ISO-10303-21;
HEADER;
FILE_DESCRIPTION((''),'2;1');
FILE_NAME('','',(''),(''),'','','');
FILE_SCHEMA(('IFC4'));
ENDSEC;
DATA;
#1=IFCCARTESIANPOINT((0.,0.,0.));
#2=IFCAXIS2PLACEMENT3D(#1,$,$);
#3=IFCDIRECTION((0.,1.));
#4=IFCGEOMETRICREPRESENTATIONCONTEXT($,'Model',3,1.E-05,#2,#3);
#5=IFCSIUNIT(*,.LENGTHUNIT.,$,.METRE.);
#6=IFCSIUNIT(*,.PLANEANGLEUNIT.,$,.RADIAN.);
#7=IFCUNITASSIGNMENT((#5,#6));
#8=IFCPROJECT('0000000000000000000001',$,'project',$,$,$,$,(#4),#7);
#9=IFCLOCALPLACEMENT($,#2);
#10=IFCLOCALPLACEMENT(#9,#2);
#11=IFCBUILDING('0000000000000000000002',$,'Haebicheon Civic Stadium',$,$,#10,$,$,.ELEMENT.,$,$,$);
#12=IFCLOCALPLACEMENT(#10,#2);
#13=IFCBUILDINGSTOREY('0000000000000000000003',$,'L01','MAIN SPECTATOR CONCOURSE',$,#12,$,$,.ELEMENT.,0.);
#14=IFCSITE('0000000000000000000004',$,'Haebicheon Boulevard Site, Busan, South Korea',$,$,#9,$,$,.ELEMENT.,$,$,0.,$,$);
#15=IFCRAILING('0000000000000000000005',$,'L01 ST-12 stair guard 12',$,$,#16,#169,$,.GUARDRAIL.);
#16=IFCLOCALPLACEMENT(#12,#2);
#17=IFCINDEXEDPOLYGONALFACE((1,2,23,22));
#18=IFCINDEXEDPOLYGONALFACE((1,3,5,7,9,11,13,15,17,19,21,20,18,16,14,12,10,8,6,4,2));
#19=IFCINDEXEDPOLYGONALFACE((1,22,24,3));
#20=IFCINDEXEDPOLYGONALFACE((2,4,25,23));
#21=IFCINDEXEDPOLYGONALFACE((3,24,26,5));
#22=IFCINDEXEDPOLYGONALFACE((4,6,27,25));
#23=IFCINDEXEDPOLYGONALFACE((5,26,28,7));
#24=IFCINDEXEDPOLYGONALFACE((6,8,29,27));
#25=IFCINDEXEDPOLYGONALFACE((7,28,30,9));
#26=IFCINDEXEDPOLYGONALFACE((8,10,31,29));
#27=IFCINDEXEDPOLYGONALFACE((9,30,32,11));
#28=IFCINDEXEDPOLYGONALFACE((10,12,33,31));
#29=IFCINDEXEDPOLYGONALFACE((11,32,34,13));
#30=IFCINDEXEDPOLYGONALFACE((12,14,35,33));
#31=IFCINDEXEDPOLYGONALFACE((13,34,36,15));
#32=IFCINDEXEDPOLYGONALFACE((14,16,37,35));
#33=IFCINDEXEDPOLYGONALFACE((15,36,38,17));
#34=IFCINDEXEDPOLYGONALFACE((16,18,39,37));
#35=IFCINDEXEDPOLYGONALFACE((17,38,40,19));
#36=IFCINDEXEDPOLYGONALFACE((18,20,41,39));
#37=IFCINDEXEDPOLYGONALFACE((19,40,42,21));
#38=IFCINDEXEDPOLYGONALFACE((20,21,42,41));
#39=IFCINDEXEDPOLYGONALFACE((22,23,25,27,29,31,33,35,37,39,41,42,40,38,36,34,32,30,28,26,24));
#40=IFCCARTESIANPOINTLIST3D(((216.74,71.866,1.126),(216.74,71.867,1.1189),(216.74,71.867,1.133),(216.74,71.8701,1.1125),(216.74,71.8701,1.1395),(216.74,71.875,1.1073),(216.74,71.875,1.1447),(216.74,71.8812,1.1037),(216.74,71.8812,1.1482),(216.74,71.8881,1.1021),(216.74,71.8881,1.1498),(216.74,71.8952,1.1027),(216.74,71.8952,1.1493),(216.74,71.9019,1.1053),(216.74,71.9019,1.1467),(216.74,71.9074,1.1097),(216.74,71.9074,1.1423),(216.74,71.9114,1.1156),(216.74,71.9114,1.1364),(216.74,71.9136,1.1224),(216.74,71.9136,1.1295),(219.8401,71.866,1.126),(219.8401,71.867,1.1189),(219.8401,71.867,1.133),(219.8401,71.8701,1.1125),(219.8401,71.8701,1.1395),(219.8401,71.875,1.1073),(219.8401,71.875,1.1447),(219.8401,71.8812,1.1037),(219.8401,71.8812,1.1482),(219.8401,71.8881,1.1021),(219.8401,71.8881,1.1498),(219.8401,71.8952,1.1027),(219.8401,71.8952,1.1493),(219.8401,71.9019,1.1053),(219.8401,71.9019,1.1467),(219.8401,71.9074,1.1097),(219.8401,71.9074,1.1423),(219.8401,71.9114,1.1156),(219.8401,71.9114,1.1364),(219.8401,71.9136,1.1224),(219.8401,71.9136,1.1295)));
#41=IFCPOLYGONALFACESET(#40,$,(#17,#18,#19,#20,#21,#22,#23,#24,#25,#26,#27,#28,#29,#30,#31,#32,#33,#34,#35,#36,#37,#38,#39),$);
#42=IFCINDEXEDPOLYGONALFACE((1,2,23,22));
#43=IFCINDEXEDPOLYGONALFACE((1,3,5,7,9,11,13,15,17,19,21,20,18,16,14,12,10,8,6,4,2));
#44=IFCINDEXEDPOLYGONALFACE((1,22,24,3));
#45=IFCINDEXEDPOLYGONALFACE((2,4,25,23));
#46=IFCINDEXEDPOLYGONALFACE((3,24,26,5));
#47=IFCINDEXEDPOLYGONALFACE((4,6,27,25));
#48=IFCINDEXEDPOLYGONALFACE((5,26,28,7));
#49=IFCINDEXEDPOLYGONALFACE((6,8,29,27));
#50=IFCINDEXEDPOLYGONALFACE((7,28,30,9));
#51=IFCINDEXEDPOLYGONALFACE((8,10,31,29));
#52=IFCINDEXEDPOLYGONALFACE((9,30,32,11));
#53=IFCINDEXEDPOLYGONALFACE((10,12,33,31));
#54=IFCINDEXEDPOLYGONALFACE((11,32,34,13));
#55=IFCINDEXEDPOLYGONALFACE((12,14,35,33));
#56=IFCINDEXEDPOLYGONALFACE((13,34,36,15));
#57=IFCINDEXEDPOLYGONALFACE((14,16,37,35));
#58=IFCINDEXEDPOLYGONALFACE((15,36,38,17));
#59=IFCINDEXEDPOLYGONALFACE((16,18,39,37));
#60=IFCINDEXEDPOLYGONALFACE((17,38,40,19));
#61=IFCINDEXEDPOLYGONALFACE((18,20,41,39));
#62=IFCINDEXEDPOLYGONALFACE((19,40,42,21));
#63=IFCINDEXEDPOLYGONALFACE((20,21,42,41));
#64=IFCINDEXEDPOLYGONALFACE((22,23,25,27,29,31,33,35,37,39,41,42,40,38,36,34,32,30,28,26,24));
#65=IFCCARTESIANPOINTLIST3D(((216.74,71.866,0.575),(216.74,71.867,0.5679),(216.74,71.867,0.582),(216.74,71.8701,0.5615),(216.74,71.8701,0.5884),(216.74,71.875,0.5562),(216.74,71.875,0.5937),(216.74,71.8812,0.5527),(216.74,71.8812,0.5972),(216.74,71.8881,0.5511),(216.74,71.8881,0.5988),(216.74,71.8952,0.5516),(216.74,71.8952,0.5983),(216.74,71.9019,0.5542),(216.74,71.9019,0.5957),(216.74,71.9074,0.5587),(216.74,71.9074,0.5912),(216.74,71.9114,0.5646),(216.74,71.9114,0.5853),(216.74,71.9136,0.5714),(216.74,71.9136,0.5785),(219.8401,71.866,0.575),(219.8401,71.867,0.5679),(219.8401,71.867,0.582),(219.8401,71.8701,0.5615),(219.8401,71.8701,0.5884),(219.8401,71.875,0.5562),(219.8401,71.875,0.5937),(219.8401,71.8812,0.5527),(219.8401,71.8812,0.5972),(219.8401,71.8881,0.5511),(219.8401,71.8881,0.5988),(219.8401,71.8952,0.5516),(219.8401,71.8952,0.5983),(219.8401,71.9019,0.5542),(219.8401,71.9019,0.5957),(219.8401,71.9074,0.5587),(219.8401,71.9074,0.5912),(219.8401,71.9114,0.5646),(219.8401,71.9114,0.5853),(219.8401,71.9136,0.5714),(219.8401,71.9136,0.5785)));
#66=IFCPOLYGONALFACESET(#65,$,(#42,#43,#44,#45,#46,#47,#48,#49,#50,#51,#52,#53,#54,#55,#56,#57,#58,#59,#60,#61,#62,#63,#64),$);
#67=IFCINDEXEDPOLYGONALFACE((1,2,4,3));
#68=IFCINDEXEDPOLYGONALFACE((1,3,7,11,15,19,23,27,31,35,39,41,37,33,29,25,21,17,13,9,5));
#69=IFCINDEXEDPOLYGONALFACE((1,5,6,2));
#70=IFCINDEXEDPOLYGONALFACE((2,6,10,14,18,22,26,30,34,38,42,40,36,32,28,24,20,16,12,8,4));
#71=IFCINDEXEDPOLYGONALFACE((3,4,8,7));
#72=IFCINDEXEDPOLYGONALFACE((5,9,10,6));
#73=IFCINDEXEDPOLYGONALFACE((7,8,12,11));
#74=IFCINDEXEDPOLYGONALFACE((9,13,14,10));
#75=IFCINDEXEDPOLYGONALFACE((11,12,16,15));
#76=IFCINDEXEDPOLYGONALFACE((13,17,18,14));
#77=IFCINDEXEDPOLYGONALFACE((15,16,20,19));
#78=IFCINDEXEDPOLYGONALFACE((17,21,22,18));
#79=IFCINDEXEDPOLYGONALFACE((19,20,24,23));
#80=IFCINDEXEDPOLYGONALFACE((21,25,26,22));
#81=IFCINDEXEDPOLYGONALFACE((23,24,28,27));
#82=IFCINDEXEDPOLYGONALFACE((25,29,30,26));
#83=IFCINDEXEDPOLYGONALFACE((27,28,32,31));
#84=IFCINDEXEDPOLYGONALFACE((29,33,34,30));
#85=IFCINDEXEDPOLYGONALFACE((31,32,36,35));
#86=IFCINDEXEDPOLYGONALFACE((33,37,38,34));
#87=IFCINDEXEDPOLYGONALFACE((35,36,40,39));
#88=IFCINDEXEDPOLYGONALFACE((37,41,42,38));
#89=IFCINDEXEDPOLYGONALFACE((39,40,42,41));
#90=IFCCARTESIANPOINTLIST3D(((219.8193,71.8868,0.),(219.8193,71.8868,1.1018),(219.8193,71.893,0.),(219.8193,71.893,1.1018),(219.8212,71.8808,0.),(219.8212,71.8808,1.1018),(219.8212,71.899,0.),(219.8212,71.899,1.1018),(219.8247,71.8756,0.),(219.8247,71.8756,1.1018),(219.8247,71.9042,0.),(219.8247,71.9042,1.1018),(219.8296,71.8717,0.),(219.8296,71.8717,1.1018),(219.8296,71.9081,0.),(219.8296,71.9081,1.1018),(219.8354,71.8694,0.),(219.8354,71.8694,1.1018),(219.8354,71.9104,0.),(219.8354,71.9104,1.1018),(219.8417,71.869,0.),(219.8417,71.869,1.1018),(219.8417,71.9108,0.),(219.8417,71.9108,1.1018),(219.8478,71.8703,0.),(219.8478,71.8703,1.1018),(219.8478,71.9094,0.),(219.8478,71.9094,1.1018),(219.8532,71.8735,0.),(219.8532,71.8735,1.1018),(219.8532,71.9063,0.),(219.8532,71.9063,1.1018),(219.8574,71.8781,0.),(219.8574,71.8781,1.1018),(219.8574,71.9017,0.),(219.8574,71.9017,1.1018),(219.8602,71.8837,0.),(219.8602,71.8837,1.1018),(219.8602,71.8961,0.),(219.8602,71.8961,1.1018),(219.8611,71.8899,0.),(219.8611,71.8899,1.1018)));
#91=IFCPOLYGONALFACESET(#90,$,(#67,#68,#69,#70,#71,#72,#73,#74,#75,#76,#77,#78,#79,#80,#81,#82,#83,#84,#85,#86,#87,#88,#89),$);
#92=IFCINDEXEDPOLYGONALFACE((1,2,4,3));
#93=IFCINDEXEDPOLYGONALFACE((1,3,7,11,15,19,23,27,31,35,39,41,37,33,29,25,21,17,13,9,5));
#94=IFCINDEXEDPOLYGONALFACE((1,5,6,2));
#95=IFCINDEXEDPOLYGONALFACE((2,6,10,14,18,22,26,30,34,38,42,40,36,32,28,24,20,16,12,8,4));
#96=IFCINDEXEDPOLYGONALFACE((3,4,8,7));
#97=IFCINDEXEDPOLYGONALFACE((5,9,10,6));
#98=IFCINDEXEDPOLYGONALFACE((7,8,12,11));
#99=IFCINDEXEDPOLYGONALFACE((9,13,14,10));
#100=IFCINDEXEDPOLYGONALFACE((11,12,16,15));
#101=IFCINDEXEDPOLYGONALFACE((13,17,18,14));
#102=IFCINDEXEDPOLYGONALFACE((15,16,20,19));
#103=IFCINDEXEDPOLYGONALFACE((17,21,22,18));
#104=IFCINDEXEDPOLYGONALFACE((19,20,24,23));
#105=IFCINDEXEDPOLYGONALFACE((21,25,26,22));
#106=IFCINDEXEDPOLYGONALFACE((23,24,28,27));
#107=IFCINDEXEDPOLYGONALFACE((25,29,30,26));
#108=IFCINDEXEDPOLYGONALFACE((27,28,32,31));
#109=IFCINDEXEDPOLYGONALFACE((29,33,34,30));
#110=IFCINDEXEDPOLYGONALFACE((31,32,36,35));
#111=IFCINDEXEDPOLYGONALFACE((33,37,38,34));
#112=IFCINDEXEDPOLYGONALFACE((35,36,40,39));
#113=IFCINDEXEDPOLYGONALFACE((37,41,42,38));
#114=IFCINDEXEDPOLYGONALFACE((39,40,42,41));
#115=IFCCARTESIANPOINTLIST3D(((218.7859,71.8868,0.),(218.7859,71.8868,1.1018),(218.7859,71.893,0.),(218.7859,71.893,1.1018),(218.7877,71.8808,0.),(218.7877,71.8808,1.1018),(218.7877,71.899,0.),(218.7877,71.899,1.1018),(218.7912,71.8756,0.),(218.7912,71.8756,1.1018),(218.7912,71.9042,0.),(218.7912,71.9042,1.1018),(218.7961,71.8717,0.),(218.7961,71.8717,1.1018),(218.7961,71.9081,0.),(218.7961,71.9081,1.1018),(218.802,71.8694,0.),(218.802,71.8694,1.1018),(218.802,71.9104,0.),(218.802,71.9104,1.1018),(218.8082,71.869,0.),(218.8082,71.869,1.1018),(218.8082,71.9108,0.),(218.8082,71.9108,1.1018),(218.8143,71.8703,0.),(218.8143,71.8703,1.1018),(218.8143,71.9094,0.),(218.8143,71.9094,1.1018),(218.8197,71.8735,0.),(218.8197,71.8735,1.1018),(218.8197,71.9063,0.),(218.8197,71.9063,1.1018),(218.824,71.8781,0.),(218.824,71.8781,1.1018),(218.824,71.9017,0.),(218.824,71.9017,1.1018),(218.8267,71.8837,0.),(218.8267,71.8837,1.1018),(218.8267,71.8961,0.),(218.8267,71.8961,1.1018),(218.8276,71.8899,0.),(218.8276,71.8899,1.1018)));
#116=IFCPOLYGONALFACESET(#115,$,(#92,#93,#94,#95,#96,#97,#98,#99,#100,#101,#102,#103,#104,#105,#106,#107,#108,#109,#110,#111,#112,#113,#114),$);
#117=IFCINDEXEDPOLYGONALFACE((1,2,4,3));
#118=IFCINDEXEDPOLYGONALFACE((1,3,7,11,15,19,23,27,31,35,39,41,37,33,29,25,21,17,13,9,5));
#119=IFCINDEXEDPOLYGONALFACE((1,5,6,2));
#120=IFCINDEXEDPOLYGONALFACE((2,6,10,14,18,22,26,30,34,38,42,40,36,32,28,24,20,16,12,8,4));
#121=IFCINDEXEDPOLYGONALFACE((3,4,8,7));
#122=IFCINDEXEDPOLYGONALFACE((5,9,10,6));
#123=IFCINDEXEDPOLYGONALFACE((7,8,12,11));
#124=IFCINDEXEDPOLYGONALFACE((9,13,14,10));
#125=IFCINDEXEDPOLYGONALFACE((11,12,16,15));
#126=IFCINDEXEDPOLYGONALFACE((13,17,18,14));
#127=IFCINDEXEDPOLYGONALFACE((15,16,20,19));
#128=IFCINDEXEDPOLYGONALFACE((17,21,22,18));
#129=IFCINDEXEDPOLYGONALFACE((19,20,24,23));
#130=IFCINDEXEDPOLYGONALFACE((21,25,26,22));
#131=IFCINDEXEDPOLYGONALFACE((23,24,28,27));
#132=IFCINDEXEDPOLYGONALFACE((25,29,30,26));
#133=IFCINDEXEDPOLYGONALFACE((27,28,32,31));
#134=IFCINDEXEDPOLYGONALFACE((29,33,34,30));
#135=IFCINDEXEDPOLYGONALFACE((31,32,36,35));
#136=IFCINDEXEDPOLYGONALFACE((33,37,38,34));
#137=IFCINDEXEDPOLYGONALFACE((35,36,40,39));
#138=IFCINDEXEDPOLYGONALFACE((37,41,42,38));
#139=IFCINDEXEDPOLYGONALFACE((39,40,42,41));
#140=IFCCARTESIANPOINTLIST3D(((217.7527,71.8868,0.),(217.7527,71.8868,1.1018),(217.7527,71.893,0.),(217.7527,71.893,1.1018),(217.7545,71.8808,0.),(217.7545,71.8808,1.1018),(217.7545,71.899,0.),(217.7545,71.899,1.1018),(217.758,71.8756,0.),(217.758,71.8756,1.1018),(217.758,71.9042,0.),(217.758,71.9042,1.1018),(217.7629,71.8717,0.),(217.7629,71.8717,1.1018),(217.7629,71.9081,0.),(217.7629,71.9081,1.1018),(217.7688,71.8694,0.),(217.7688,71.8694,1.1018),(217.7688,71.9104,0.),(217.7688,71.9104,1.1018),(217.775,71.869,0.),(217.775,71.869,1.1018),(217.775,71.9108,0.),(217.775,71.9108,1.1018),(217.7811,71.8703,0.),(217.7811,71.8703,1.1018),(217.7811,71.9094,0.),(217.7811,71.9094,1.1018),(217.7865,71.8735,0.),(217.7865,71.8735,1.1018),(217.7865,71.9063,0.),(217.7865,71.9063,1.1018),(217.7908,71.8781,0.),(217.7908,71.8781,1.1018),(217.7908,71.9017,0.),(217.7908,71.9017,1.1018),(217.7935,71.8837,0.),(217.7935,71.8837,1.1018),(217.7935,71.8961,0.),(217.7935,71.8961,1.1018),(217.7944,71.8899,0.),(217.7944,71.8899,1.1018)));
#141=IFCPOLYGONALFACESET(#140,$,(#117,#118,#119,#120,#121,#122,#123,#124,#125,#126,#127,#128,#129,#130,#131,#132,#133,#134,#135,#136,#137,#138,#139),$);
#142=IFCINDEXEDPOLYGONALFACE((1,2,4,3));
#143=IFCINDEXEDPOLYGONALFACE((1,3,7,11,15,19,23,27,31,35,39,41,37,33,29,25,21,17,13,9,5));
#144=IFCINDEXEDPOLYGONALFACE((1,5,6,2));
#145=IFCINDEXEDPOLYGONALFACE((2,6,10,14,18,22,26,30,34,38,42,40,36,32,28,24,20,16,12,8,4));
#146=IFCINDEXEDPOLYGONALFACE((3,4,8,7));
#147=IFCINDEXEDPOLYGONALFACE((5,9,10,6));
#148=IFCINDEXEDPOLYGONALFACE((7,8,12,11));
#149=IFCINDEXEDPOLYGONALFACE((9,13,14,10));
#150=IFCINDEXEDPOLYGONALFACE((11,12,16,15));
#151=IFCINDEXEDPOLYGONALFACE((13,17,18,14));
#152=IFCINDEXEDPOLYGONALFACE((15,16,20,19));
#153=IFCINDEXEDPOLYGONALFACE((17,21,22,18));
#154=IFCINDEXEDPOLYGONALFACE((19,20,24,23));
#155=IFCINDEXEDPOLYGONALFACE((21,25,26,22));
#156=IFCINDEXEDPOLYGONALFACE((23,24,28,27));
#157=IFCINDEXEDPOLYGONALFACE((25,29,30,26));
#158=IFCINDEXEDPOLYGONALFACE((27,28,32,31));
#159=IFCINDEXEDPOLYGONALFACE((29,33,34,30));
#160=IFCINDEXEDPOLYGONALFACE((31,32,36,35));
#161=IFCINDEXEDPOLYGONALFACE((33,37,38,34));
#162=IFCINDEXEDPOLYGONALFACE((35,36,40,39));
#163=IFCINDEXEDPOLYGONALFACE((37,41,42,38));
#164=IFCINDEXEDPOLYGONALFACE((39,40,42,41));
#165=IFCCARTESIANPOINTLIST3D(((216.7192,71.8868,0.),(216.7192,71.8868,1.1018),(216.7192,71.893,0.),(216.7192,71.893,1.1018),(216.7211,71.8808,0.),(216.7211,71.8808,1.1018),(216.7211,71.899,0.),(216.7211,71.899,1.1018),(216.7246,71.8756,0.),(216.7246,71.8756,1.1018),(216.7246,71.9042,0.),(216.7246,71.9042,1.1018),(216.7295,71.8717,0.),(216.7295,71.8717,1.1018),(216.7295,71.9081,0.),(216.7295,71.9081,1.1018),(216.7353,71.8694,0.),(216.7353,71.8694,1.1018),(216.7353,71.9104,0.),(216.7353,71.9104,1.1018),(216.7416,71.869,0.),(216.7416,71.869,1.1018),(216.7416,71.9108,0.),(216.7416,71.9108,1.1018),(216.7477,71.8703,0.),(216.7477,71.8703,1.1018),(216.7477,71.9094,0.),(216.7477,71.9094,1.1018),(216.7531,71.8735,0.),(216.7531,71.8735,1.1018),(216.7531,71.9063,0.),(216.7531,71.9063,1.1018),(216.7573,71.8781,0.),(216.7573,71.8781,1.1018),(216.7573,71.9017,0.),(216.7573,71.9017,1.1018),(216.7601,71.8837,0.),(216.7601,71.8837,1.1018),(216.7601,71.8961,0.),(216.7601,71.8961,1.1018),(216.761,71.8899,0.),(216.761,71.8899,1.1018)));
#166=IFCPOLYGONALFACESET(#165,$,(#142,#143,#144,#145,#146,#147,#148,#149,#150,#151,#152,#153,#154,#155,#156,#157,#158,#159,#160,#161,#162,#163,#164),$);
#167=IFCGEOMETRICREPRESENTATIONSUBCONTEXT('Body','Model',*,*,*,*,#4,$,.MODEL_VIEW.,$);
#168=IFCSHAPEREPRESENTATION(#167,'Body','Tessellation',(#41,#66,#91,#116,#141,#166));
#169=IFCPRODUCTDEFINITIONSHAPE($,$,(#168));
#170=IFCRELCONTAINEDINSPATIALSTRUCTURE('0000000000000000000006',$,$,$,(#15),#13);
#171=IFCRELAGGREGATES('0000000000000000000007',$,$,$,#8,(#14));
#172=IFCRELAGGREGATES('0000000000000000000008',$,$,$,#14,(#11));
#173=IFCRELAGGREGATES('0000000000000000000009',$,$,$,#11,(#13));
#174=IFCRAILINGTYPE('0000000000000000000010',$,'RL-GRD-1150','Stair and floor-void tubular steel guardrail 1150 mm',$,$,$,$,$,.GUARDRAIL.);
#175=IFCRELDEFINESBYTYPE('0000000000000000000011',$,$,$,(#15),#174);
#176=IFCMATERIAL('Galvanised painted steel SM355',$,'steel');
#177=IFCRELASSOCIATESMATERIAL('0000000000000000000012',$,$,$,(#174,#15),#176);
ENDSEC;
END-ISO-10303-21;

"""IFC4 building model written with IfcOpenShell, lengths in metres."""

from ifc_helpers import new_model, si_unit, direction, frame, origin, origin_2d, place, context, subcontext, project, spatial, circle, extrude, material, type_object, element, save


model = new_model("IFC4")

# Units and contexts
model_context = context("Model", 3, precision=1e-05, world=origin(), true_north=direction((0.0, 1.0)))
body_context = subcontext(model_context, "Body", "Model", "MODEL_VIEW")
ifc_project = project(units=[si_unit("LENGTHUNIT", "METRE"), si_unit("PLANEANGLEUNIT", "RADIAN")], contexts=[model_context])

# Site, building, storey
site_placement = place(None, origin())
site = spatial("IfcSite", under=ifc_project, at=site_placement, Name="Haebicheon Boulevard Site, Busan, South Korea", CompositionType="ELEMENT", RefElevation=0.0)
building_placement = place(site_placement, origin())
building = spatial("IfcBuilding", under=site, at=building_placement, Name="Haebicheon Civic Stadium", CompositionType="ELEMENT")
storey_placement = place(building_placement, origin())
storey = spatial("IfcBuildingStorey", under=building, at=storey_placement, Name="L01", Description="MAIN SPECTATOR CONCOURSE", CompositionType="ELEMENT", Elevation=0.0)

# Railing
ifc_material_1 = material(Name="Galvanised painted steel SM355", Category="steel")
railing_type_1 = type_object("IfcRailingType", Name="RL-GRD-1150", Description="Stair and floor-void tubular steel guardrail 1150 mm", PredefinedType="GUARDRAIL", material=ifc_material_1)
railing_1_placement = place(storey_placement, frame((219.8401, 71.8899, 0.0)))
element("IfcRailing", 1, at=railing_1_placement, inside=storey, type_object=railing_type_1, material=ifc_material_1, Name="L01 ST-12 stair guard 12", PredefinedType="GUARDRAIL", context=body_context, shape_type="SweptSolid", body=[
    extrude(circle(Radius=0.0239, at=origin_2d()), frame((0.0, 0.0, 1.126), z_axis=(-1.0, 0.0, 0.0), x_axis=(0.0, -1.0, 0.0)), (0.0, 0.0, 1.0), 3.1001),
    extrude(circle(Radius=0.0239, at=origin_2d()), frame((0.0, 0.0, 0.575), z_axis=(-1.0, 0.0, 0.0), x_axis=(0.0, -1.0, 0.0)), (0.0, 0.0, 1.0), 3.1001),
    extrude(circle(Radius=0.021, at=origin_2d()), origin(), (0.0, 0.0, 1.0), 1.1018),
    extrude(circle(Radius=0.021, at=origin_2d()), frame((-1.0334, 0.0, 0.0)), (0.0, 0.0, 1.0), 1.1018),
    extrude(circle(Radius=0.021, at=origin_2d()), frame((-2.0667, 0.0, 0.0)), (0.0, 0.0, 1.0), 1.1018),
    extrude(circle(Radius=0.021, at=origin_2d()), frame((-3.1001, 0.0, 0.0)), (0.0, 0.0, 1.0), 1.1018),
])

save(model, "model.ifc")
